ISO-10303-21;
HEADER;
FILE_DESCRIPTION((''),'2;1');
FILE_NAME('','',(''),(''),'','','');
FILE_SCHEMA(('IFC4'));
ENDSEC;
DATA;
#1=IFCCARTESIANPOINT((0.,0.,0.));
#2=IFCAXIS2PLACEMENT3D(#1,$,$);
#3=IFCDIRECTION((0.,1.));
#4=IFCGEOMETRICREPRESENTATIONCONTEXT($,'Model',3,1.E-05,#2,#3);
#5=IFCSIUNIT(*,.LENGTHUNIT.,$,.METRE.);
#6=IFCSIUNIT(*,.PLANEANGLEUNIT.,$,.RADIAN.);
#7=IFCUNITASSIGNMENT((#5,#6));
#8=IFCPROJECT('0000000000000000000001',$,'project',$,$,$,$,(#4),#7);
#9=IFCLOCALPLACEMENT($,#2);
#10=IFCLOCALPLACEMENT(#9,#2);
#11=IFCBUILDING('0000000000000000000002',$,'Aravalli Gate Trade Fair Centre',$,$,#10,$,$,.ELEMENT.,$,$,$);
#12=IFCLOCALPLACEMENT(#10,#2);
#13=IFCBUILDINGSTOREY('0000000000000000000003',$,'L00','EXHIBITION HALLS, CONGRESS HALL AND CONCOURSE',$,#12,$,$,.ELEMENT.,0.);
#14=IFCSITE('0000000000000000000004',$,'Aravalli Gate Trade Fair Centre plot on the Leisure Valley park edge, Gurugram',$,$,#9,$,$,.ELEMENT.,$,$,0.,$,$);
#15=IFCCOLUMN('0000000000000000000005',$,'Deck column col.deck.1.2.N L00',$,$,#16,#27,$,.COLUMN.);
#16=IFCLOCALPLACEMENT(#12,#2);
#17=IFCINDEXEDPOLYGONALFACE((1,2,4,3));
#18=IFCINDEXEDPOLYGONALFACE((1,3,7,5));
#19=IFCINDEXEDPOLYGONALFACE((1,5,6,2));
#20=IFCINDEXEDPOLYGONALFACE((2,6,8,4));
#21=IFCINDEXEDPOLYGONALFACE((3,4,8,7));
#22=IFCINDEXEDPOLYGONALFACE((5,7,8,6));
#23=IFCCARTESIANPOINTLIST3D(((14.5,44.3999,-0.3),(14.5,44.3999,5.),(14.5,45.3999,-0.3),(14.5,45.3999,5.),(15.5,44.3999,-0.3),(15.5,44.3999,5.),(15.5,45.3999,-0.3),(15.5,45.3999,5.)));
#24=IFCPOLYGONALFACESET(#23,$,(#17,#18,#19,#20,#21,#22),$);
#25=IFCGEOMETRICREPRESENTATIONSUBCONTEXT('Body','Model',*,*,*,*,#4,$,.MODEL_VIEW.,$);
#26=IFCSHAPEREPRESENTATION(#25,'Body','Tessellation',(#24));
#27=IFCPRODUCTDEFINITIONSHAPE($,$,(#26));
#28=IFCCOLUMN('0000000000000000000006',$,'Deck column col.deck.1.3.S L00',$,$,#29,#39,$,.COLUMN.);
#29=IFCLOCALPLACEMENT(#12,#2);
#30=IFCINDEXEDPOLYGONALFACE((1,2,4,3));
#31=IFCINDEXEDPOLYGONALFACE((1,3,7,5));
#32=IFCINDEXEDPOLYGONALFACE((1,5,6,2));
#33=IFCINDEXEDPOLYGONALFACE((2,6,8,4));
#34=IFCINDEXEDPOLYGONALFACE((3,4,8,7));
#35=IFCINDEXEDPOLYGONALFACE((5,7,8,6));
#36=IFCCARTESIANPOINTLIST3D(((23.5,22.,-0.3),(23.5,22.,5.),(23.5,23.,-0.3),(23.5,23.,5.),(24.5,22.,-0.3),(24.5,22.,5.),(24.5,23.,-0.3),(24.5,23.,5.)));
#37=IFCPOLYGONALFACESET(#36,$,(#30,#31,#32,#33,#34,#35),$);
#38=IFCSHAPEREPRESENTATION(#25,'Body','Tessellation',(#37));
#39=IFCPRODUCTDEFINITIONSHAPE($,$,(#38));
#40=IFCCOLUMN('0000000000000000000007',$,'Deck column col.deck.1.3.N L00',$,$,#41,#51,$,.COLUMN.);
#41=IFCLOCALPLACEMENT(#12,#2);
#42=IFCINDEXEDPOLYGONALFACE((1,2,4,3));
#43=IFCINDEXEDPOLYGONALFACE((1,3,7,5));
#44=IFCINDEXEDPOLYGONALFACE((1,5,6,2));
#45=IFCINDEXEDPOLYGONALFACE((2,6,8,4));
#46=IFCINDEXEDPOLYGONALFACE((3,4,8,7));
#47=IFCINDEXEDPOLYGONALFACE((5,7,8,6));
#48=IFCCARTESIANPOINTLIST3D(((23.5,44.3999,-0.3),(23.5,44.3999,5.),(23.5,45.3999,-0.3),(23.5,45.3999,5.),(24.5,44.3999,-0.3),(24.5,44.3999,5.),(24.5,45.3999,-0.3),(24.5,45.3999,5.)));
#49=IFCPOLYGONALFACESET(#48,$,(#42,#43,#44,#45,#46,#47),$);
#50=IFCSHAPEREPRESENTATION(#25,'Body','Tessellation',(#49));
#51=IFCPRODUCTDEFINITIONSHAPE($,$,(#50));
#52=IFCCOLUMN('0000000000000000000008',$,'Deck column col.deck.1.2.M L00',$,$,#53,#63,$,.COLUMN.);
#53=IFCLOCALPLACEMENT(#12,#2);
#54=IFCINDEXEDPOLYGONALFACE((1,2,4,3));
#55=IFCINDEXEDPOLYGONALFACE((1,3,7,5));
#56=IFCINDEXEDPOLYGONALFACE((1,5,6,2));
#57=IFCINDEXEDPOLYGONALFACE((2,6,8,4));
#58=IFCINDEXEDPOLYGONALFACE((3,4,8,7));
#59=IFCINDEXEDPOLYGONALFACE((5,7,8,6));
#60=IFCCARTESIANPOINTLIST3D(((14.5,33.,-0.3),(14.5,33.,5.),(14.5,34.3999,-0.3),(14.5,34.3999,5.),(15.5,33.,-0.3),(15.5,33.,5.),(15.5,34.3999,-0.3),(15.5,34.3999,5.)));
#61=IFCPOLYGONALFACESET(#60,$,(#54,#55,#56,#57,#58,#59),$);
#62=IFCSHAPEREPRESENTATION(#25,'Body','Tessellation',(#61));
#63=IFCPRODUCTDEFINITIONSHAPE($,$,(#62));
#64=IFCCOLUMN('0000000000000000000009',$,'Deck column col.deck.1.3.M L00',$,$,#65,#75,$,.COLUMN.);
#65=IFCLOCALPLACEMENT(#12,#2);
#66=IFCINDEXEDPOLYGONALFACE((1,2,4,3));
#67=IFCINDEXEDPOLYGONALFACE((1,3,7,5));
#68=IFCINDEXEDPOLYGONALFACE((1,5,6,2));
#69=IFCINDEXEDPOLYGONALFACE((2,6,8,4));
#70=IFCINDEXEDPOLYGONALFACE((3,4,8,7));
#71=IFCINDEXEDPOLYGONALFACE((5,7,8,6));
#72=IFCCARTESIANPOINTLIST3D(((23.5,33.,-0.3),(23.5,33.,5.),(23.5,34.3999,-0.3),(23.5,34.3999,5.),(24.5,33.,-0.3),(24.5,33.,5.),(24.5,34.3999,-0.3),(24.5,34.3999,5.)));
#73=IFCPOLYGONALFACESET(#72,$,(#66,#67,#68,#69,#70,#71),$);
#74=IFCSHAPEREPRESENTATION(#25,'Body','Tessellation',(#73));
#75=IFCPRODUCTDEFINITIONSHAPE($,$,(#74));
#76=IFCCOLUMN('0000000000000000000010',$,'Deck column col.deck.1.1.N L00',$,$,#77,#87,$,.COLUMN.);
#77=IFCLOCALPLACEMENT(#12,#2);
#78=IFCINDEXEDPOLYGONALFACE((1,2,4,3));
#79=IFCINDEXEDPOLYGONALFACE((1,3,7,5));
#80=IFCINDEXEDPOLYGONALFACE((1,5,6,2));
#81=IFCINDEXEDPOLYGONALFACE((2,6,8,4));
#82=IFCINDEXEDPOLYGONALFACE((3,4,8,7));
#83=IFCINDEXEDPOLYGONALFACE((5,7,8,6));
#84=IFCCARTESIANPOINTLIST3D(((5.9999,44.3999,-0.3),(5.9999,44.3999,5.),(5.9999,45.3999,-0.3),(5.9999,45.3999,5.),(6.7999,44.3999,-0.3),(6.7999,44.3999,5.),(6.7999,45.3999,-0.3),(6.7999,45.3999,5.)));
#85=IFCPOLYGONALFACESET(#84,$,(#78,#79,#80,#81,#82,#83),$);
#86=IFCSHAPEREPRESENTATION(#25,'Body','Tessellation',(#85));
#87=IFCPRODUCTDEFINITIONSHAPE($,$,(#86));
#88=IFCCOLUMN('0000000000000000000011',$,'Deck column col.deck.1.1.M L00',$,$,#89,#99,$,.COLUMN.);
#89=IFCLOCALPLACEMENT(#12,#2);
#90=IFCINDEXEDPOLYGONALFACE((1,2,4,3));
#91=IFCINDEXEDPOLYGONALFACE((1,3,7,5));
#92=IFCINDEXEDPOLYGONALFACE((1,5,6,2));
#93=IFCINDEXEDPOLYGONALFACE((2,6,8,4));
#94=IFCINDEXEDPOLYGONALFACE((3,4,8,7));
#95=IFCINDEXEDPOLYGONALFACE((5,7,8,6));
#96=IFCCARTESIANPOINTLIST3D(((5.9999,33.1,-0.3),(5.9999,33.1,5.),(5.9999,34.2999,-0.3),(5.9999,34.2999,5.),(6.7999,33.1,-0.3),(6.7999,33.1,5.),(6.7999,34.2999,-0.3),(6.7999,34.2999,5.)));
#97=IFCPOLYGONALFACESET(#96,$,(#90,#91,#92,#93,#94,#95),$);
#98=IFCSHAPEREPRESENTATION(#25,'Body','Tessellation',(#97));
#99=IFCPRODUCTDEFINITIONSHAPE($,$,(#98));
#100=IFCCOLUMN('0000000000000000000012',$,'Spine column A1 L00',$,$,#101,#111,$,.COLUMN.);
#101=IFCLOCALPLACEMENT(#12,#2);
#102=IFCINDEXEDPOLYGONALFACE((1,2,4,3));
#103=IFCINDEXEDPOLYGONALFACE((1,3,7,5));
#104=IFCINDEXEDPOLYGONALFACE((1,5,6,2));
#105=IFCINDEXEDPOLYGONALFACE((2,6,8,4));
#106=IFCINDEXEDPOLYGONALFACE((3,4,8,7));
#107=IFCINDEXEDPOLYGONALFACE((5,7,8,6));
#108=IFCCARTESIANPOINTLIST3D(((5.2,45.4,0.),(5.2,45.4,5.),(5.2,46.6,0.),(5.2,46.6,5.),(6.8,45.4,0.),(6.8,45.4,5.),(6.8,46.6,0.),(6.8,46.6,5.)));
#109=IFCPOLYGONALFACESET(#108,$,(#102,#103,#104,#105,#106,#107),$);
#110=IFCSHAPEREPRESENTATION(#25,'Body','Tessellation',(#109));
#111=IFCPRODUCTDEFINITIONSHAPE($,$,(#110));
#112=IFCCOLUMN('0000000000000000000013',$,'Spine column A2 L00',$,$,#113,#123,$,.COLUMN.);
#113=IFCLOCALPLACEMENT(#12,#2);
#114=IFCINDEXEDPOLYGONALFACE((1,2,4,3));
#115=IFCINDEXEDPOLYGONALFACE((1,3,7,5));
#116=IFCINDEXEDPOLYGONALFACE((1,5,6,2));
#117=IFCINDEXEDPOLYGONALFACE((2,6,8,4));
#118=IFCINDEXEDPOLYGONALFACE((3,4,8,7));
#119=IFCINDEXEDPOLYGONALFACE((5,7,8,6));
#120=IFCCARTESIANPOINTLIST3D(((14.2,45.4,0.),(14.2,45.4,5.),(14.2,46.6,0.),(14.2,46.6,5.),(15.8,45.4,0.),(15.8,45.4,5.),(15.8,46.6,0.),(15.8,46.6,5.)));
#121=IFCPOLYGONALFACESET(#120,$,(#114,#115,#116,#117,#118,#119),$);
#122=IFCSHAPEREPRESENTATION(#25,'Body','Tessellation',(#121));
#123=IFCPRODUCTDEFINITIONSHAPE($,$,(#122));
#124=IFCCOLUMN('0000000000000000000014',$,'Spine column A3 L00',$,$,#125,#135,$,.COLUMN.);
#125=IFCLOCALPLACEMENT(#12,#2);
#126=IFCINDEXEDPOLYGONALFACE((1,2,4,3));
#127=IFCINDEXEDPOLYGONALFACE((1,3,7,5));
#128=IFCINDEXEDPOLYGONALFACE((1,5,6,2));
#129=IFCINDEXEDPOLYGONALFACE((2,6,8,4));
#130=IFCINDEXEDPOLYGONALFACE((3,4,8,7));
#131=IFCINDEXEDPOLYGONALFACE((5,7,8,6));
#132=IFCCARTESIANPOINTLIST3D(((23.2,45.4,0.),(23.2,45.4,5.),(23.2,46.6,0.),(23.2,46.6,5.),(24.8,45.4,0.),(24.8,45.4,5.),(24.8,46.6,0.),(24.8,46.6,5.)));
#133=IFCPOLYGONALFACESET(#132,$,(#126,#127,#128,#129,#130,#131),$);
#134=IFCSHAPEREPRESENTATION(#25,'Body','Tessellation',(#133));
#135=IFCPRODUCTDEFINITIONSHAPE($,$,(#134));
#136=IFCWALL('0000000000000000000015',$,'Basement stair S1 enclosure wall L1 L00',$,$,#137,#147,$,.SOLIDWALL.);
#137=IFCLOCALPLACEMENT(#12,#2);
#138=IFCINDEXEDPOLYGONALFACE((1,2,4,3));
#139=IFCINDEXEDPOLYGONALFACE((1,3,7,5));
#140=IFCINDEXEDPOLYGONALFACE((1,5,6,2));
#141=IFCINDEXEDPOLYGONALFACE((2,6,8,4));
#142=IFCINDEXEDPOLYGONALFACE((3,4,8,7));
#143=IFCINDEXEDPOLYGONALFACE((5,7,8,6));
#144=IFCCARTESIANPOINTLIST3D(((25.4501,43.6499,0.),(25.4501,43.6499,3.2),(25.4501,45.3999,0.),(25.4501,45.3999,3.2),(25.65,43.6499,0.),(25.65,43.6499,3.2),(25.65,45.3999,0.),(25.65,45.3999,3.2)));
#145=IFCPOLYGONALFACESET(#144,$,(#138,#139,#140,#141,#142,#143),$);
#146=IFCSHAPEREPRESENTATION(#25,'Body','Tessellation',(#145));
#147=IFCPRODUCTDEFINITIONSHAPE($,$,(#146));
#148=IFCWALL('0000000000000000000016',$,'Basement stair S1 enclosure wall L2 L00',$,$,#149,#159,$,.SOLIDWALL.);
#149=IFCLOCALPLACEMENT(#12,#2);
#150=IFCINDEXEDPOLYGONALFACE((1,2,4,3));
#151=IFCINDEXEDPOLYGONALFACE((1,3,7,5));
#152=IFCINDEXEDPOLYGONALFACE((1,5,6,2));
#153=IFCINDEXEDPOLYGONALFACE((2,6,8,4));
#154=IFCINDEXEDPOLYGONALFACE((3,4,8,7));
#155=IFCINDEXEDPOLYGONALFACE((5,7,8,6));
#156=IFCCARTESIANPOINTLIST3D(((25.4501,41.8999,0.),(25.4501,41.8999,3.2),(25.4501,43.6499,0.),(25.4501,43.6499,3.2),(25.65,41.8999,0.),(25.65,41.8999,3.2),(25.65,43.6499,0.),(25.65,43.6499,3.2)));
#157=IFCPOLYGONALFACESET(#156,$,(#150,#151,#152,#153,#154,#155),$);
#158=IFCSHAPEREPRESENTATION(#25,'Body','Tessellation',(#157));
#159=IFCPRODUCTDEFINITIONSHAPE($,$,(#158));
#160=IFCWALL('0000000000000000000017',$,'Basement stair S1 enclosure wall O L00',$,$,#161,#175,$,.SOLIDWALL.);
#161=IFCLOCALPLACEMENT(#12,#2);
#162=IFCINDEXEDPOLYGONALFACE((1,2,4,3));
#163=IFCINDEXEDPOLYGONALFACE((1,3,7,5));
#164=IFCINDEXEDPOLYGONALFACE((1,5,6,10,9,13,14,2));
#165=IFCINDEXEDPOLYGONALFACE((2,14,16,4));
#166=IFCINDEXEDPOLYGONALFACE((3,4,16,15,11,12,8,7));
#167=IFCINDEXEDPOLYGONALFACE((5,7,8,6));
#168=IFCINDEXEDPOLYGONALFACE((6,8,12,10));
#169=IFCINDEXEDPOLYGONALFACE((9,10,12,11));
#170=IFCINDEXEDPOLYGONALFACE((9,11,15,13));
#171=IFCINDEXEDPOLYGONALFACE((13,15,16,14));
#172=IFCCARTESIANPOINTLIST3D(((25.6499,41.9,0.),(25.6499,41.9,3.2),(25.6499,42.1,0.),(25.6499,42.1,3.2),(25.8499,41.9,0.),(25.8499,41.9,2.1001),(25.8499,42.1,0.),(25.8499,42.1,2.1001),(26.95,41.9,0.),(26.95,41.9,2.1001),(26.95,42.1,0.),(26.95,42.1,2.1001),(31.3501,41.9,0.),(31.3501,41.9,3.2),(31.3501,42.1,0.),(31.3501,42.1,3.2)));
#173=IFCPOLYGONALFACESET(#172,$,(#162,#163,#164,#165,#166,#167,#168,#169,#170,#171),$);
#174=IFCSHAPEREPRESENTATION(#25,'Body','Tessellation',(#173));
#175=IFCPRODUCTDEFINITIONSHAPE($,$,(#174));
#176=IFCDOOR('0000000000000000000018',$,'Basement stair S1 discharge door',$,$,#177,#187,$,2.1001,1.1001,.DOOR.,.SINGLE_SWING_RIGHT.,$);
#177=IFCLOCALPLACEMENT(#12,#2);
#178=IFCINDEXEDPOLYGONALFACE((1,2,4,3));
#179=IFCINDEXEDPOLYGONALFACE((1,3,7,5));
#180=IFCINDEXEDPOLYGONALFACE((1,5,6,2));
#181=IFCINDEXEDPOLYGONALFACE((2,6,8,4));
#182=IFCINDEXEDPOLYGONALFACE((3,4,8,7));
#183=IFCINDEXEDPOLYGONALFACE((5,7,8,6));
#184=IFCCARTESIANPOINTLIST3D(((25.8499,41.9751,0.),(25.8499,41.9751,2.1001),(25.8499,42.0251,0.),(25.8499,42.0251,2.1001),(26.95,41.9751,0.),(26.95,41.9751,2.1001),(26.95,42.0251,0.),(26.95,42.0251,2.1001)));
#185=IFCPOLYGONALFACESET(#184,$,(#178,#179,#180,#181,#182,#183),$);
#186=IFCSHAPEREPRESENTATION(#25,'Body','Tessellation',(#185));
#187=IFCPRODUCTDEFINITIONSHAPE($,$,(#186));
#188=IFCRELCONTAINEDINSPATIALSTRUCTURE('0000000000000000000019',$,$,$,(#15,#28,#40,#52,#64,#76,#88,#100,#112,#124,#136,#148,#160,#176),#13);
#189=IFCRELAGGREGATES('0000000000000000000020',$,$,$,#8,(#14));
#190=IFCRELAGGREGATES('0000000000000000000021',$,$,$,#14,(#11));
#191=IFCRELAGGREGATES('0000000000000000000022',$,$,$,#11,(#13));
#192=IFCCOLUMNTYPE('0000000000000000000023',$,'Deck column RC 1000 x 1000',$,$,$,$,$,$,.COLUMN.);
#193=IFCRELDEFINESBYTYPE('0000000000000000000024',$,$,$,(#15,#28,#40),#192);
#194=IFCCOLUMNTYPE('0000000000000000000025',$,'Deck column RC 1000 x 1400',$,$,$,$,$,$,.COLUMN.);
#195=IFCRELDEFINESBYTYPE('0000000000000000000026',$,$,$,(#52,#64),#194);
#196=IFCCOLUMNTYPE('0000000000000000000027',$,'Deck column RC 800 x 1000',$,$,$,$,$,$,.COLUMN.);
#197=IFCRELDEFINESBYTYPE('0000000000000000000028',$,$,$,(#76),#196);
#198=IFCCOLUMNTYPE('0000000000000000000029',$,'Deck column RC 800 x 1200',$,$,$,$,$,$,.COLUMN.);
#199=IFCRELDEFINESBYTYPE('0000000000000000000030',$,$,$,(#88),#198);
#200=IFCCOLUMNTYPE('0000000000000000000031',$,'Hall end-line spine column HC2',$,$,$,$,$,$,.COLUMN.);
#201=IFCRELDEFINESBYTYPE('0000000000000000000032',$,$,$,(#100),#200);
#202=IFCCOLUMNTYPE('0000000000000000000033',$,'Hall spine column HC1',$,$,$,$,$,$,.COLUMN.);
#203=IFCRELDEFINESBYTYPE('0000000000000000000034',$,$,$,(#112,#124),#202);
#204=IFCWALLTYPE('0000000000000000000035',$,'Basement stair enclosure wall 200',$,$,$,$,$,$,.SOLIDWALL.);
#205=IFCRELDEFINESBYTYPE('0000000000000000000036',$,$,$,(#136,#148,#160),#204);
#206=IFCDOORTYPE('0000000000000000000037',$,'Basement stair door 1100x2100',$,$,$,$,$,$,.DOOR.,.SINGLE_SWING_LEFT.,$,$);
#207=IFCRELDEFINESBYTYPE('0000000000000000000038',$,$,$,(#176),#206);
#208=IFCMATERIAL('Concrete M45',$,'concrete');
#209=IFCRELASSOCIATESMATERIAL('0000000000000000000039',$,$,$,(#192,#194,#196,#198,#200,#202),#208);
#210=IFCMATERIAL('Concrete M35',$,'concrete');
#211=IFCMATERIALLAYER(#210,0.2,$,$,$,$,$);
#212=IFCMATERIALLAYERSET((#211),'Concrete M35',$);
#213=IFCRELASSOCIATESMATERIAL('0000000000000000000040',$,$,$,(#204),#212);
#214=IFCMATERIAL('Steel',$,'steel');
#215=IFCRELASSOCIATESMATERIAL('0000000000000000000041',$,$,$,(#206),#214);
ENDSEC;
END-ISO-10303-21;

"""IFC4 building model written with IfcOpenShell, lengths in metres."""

from ifc_helpers import new_model, si_unit, direction, frame, frame_2d, origin, origin_2d, place, context, subcontext, project, spatial, rectangle, extrude, material, layer, layer_set, material_profile, profile_set, type_object, element, fill, save


model = new_model("IFC4")

# Units and contexts
model_context = context("Model", 3, precision=1e-05, world=origin(), true_north=direction((0.0, 1.0)))
body_context = subcontext(model_context, "Body", "Model", "MODEL_VIEW")
ifc_project = project(units=[si_unit("LENGTHUNIT", "METRE"), si_unit("PLANEANGLEUNIT", "RADIAN")], contexts=[model_context])

# Site, building, storey
site_placement = place(None, origin())
site = spatial("IfcSite", under=ifc_project, at=site_placement, Name="Aravalli Gate Trade Fair Centre plot on the Leisure Valley park edge, Gurugram", CompositionType="ELEMENT", RefElevation=0.0)
building_placement = place(site_placement, origin())
building = spatial("IfcBuilding", under=site, at=building_placement, Name="Aravalli Gate Trade Fair Centre", CompositionType="ELEMENT")
storey_placement = place(building_placement, origin())
storey = spatial("IfcBuildingStorey", under=building, at=storey_placement, Name="L00", Description="EXHIBITION HALLS, CONGRESS HALL AND CONCOURSE", CompositionType="ELEMENT", Elevation=0.0)

# Columns
ifc_material_1 = material(Name="Concrete M45", Category="concrete")
ifc_material_profile_1 = material_profile(ifc_material_1, rectangle(XDim=1.0, YDim=1.0, at=origin_2d()), Name="Deck column RC 1000 x 1000")
ifc_profile_set_1 = profile_set([ifc_material_profile_1], Name="Concrete M45")
column_type_1 = type_object("IfcColumnType", Name="Deck column RC 1000 x 1000", PredefinedType="COLUMN", material=ifc_profile_set_1)
for number, where, z_axis, x_axis, name in (
    (1, (15.0, 44.8999, -0.3), (0.0, 0.0, 1.0), (1.0, 0.0, 0.0), "Deck column col.deck.1.2.N L00"),
    (2, (24.0, 22.5, -0.3), (0.0, 0.0, 1.0), (1.0, 0.0, 0.0), "Deck column col.deck.1.3.S L00"),
    (3, (24.0, 44.8999, -0.3), (0.0, 0.0, 1.0), (1.0, 0.0, 0.0), "Deck column col.deck.1.3.N L00"),
):
    element("IfcColumn", number, at=place(storey_placement, frame(where, z_axis=z_axis, x_axis=x_axis)), inside=storey, type_object=column_type_1, Name=name, PredefinedType="COLUMN", context=body_context, shape_type="SweptSolid", body=[
        extrude(rectangle(XDim=1.0, YDim=1.0, at=origin_2d()), origin(), (0.0, 0.0, 1.0), 5.3),
    ])
ifc_material_profile_2 = material_profile(ifc_material_1, rectangle(XDim=1.0, YDim=1.3999, at=origin_2d()), Name="Deck column RC 1000 x 1400")
ifc_profile_set_2 = profile_set([ifc_material_profile_2], Name="Concrete M45")
column_type_2 = type_object("IfcColumnType", Name="Deck column RC 1000 x 1400", PredefinedType="COLUMN", material=ifc_profile_set_2)
for number, where, z_axis, x_axis, name in (
    (4, (15.0, 33.7, -0.3), (0.0, 0.0, 1.0), (1.0, 0.0, 0.0), "Deck column col.deck.1.2.M L00"),
    (5, (24.0, 33.7, -0.3), (0.0, 0.0, 1.0), (1.0, 0.0, 0.0), "Deck column col.deck.1.3.M L00"),
):
    element("IfcColumn", number, at=place(storey_placement, frame(where, z_axis=z_axis, x_axis=x_axis)), inside=storey, type_object=column_type_2, Name=name, PredefinedType="COLUMN", context=body_context, shape_type="SweptSolid", body=[
        extrude(rectangle(XDim=1.0, YDim=1.3999, at=origin_2d()), origin(), (0.0, 0.0, 1.0), 5.3),
    ])
ifc_material_profile_3 = material_profile(ifc_material_1, rectangle(XDim=0.8, YDim=1.0, at=origin_2d()), Name="Deck column RC 800 x 1000")
ifc_profile_set_3 = profile_set([ifc_material_profile_3], Name="Concrete M45")
column_type_3 = type_object("IfcColumnType", Name="Deck column RC 800 x 1000", PredefinedType="COLUMN", material=ifc_profile_set_3)
column_1_placement = place(storey_placement, frame((6.3999, 44.8999, -0.3), z_axis=(0.0, 0.0, 1.0), x_axis=(1.0, 0.0, 0.0)))
element("IfcColumn", 6, at=column_1_placement, inside=storey, type_object=column_type_3, Name="Deck column col.deck.1.1.N L00", PredefinedType="COLUMN", context=body_context, shape_type="SweptSolid", body=[
    extrude(rectangle(XDim=0.8, YDim=1.0, at=origin_2d()), origin(), (0.0, 0.0, 1.0), 5.3),
])
ifc_material_profile_4 = material_profile(ifc_material_1, rectangle(XDim=0.8, YDim=1.2, at=origin_2d()), Name="Deck column RC 800 x 1200")
ifc_profile_set_4 = profile_set([ifc_material_profile_4], Name="Concrete M45")
column_type_4 = type_object("IfcColumnType", Name="Deck column RC 800 x 1200", PredefinedType="COLUMN", material=ifc_profile_set_4)
column_2_placement = place(storey_placement, frame((6.3999, 33.7, -0.3), z_axis=(0.0, 0.0, 1.0), x_axis=(1.0, 0.0, 0.0)))
element("IfcColumn", 7, at=column_2_placement, inside=storey, type_object=column_type_4, Name="Deck column col.deck.1.1.M L00", PredefinedType="COLUMN", context=body_context, shape_type="SweptSolid", body=[
    extrude(rectangle(XDim=0.8, YDim=1.2, at=origin_2d()), origin(), (0.0, 0.0, 1.0), 5.3),
])
ifc_material_profile_5 = material_profile(ifc_material_1, rectangle(XDim=1.6001, YDim=1.2, at=origin_2d()), Name="RC 1600x1200")
ifc_profile_set_5 = profile_set([ifc_material_profile_5], Name="Concrete M45")
column_type_5 = type_object("IfcColumnType", Name="Hall end-line spine column HC2", PredefinedType="COLUMN", material=ifc_profile_set_5)
column_3_placement = place(storey_placement, frame((6.0, 46.0, 0.0), z_axis=(0.0, 0.0, 1.0), x_axis=(1.0, 0.0, 0.0)))
element("IfcColumn", 8, at=column_3_placement, inside=storey, type_object=column_type_5, Name="Spine column A1 L00", PredefinedType="COLUMN", context=body_context, shape_type="SweptSolid", body=[
    extrude(rectangle(XDim=1.6001, YDim=1.2, at=origin_2d()), origin(), (0.0, 0.0, 1.0), 5.0),
])
ifc_material_profile_6 = material_profile(ifc_material_1, rectangle(XDim=1.6001, YDim=1.2, at=origin_2d()), Name="RC 1600x1200")
ifc_profile_set_6 = profile_set([ifc_material_profile_6], Name="Concrete M45")
column_type_6 = type_object("IfcColumnType", Name="Hall spine column HC1", PredefinedType="COLUMN", material=ifc_profile_set_6)
for number, where, z_axis, x_axis, name in (
    (9, (15.0, 46.0, 0.0), (0.0, 0.0, 1.0), (1.0, 0.0, 0.0), "Spine column A2 L00"),
    (10, (24.0, 46.0, 0.0), (0.0, 0.0, 1.0), (1.0, 0.0, 0.0), "Spine column A3 L00"),
):
    element("IfcColumn", number, at=place(storey_placement, frame(where, z_axis=z_axis, x_axis=x_axis)), inside=storey, type_object=column_type_6, Name=name, PredefinedType="COLUMN", context=body_context, shape_type="SweptSolid", body=[
        extrude(rectangle(XDim=1.6001, YDim=1.2, at=origin_2d()), origin(), (0.0, 0.0, 1.0), 5.0),
    ])

# Walls
ifc_material_2 = material(Name="Concrete M35", Category="concrete")
ifc_layer_1 = layer(ifc_material_2, 0.2)
ifc_layer_set_1 = layer_set([ifc_layer_1], Name="Concrete M35")
wall_type_1 = type_object("IfcWallType", Name="Basement stair enclosure wall 200", PredefinedType="SOLIDWALL", material=ifc_layer_set_1)
for number, where, z_axis, x_axis, name in (
    (11, (25.55, 45.3999, 0.0), (0.0, 0.0, 1.0), (0.0, -1.0, 0.0), "Basement stair S1 enclosure wall L1 L00"),
    (12, (25.55, 43.6499, 0.0), (0.0, 0.0, 1.0), (0.0, -1.0, 0.0), "Basement stair S1 enclosure wall L2 L00"),
):
    element("IfcWall", number, at=place(storey_placement, frame(where, z_axis=z_axis, x_axis=x_axis)), inside=storey, type_object=wall_type_1, Name=name, PredefinedType="SOLIDWALL", context=body_context, shape_type="SweptSolid", body=[
        extrude(rectangle(XDim=1.75, YDim=0.2, at=frame_2d((0.875, 0.0))), origin(), (0.0, 0.0, 1.0), 3.2),
    ])

# Wall, opening, door
wall_1_placement = place(storey_placement, frame((25.6499, 42.0, 0.0), z_axis=(0.0, 0.0, 1.0), x_axis=(1.0, 0.0, 0.0)))
wall_1 = element("IfcWall", 13, at=wall_1_placement, inside=storey, type_object=wall_type_1, Name="Basement stair S1 enclosure wall O L00", PredefinedType="SOLIDWALL", context=body_context, shape_type="SweptSolid", body=[
    extrude(rectangle(XDim=5.7002, YDim=0.2, at=frame_2d((2.8501, 0.0))), origin(), (0.0, 0.0, 1.0), 3.2),
])
opening_1_placement = place(wall_1_placement, frame((0.2, 0.0, 0.0)))
opening_1 = element("IfcOpeningElement", 14, at=opening_1_placement, cuts=wall_1, PredefinedType="OPENING", context=body_context, shape_type="SweptSolid", body=[
    extrude(rectangle(XDim=1.1001, YDim=2.1001, at=frame_2d((0.55, 1.05))), frame((0.0, 0.1099, 0.0), z_axis=(0.0, -1.0, 0.0), x_axis=(1.0, 0.0, 0.0)), (0.0, 0.0, 1.0), 0.22),
])
ifc_material_3 = material(Name="Steel", Category="steel")
door_type_1 = type_object("IfcDoorType", Name="Basement stair door 1100x2100", OperationType="SINGLE_SWING_LEFT", PredefinedType="DOOR", material=ifc_material_3)
door_1_placement = place(opening_1_placement, frame((1.1001, 0.0, 0.0), z_axis=(0.0, 0.0, 1.0), x_axis=(-1.0, 0.0, 0.0)))
door_1 = element("IfcDoor", 15, at=door_1_placement, inside=storey, type_object=door_type_1, Name="Basement stair S1 discharge door", OperationType="SINGLE_SWING_RIGHT", OverallHeight=2.1001, OverallWidth=1.1001, PredefinedType="DOOR", context=body_context, shape_type="SweptSolid", body=[
    extrude(rectangle(XDim=1.1001, YDim=2.1001, at=frame_2d((0.55, 1.05))), frame((0.0, 0.0249, 0.0), z_axis=(0.0, -1.0, 0.0), x_axis=(1.0, 0.0, 0.0)), (0.0, 0.0, 1.0), 0.05),
])
fill(opening_1, door_1)

save(model, "model.ifc")
